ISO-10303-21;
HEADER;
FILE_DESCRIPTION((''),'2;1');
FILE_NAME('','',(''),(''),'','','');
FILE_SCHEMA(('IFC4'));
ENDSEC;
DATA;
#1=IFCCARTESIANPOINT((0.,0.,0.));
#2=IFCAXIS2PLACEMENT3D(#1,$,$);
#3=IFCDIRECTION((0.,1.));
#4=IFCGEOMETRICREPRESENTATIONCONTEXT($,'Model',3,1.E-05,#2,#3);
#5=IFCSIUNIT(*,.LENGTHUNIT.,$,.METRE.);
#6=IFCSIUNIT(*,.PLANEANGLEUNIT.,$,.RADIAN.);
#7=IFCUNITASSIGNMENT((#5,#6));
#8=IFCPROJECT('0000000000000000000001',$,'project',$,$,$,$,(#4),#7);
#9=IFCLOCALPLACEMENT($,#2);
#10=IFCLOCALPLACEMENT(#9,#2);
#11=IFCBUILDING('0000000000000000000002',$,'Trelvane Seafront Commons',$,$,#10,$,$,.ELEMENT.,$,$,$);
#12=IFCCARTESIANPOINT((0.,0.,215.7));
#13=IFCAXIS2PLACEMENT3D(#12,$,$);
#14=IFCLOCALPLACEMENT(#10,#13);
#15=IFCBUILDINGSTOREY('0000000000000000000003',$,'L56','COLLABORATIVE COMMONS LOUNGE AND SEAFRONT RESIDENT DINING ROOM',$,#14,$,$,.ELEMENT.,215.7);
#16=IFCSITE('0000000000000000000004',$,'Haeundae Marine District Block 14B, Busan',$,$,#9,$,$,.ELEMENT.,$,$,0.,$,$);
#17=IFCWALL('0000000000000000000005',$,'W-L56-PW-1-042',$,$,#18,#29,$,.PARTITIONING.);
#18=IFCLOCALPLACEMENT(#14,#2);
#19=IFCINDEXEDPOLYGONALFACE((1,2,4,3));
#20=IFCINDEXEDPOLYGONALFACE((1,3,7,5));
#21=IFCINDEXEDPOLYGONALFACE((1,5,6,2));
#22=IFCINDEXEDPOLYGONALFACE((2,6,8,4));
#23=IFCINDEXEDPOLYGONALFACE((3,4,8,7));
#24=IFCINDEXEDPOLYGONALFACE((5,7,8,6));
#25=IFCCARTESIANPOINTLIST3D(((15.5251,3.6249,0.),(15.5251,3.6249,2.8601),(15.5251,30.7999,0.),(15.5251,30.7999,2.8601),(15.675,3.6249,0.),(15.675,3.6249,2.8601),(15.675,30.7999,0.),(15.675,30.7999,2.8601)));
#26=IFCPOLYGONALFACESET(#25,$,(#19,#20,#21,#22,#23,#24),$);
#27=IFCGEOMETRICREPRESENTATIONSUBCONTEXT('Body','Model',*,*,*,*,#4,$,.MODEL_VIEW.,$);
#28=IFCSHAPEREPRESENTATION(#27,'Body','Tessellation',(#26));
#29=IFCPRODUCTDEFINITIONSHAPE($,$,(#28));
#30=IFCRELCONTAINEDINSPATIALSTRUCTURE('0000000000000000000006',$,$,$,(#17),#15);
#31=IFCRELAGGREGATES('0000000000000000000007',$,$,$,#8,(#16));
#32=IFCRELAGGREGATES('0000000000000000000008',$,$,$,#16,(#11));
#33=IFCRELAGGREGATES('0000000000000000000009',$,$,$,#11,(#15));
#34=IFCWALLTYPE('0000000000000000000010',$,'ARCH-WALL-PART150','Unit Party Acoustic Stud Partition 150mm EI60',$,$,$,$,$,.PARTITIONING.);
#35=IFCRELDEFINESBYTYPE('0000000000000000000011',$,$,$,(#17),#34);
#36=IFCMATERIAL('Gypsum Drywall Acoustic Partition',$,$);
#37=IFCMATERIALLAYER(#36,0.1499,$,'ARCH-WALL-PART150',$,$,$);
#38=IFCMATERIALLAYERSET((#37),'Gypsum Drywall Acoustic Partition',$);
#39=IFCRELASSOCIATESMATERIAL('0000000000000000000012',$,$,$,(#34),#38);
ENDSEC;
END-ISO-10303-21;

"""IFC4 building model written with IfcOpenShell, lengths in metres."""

from ifc_helpers import new_model, si_unit, direction, frame, frame_2d, origin, place, context, subcontext, project, spatial, rectangle, extrude, material, layer, layer_set, type_object, element, save


model = new_model("IFC4")

# Units and contexts
model_context = context("Model", 3, precision=1e-05, world=origin(), true_north=direction((0.0, 1.0)))
body_context = subcontext(model_context, "Body", "Model", "MODEL_VIEW")
ifc_project = project(units=[si_unit("LENGTHUNIT", "METRE"), si_unit("PLANEANGLEUNIT", "RADIAN")], contexts=[model_context])

# Site, building, storey
site_placement = place(None, origin())
site = spatial("IfcSite", under=ifc_project, at=site_placement, Name="Haeundae Marine District Block 14B, Busan", CompositionType="ELEMENT", RefElevation=0.0)
building_placement = place(site_placement, origin())
building = spatial("IfcBuilding", under=site, at=building_placement, Name="Trelvane Seafront Commons", CompositionType="ELEMENT")
storey_placement = place(building_placement, frame((0.0, 0.0, 215.7)))
storey = spatial("IfcBuildingStorey", under=building, at=storey_placement, Name="L56", Description="COLLABORATIVE COMMONS LOUNGE AND SEAFRONT RESIDENT DINING ROOM", CompositionType="ELEMENT", Elevation=215.7)

# Wall
ifc_material_1 = material(Name="Gypsum Drywall Acoustic Partition")
ifc_layer_1 = layer(ifc_material_1, 0.1499, Name="ARCH-WALL-PART150")
ifc_layer_set_1 = layer_set([ifc_layer_1], Name="Gypsum Drywall Acoustic Partition")
wall_type_1 = type_object("IfcWallType", Name="ARCH-WALL-PART150", Description="Unit Party Acoustic Stud Partition 150mm EI60", PredefinedType="PARTITIONING", material=ifc_layer_set_1)
wall_1_placement = place(storey_placement, frame((15.6001, 3.625, 0.0), z_axis=(0.0, 0.0, 1.0), x_axis=(0.0, 1.0, 0.0)))
element("IfcWall", 1, at=wall_1_placement, inside=storey, type_object=wall_type_1, Name="W-L56-PW-1-042", PredefinedType="PARTITIONING", context=body_context, shape_type="SweptSolid", body=[
    extrude(rectangle(XDim=27.175, YDim=0.1499, at=frame_2d((13.5874, 0.0))), origin(), (0.0, 0.0, 1.0), 2.8601),
])

save(model, "model.ifc")
